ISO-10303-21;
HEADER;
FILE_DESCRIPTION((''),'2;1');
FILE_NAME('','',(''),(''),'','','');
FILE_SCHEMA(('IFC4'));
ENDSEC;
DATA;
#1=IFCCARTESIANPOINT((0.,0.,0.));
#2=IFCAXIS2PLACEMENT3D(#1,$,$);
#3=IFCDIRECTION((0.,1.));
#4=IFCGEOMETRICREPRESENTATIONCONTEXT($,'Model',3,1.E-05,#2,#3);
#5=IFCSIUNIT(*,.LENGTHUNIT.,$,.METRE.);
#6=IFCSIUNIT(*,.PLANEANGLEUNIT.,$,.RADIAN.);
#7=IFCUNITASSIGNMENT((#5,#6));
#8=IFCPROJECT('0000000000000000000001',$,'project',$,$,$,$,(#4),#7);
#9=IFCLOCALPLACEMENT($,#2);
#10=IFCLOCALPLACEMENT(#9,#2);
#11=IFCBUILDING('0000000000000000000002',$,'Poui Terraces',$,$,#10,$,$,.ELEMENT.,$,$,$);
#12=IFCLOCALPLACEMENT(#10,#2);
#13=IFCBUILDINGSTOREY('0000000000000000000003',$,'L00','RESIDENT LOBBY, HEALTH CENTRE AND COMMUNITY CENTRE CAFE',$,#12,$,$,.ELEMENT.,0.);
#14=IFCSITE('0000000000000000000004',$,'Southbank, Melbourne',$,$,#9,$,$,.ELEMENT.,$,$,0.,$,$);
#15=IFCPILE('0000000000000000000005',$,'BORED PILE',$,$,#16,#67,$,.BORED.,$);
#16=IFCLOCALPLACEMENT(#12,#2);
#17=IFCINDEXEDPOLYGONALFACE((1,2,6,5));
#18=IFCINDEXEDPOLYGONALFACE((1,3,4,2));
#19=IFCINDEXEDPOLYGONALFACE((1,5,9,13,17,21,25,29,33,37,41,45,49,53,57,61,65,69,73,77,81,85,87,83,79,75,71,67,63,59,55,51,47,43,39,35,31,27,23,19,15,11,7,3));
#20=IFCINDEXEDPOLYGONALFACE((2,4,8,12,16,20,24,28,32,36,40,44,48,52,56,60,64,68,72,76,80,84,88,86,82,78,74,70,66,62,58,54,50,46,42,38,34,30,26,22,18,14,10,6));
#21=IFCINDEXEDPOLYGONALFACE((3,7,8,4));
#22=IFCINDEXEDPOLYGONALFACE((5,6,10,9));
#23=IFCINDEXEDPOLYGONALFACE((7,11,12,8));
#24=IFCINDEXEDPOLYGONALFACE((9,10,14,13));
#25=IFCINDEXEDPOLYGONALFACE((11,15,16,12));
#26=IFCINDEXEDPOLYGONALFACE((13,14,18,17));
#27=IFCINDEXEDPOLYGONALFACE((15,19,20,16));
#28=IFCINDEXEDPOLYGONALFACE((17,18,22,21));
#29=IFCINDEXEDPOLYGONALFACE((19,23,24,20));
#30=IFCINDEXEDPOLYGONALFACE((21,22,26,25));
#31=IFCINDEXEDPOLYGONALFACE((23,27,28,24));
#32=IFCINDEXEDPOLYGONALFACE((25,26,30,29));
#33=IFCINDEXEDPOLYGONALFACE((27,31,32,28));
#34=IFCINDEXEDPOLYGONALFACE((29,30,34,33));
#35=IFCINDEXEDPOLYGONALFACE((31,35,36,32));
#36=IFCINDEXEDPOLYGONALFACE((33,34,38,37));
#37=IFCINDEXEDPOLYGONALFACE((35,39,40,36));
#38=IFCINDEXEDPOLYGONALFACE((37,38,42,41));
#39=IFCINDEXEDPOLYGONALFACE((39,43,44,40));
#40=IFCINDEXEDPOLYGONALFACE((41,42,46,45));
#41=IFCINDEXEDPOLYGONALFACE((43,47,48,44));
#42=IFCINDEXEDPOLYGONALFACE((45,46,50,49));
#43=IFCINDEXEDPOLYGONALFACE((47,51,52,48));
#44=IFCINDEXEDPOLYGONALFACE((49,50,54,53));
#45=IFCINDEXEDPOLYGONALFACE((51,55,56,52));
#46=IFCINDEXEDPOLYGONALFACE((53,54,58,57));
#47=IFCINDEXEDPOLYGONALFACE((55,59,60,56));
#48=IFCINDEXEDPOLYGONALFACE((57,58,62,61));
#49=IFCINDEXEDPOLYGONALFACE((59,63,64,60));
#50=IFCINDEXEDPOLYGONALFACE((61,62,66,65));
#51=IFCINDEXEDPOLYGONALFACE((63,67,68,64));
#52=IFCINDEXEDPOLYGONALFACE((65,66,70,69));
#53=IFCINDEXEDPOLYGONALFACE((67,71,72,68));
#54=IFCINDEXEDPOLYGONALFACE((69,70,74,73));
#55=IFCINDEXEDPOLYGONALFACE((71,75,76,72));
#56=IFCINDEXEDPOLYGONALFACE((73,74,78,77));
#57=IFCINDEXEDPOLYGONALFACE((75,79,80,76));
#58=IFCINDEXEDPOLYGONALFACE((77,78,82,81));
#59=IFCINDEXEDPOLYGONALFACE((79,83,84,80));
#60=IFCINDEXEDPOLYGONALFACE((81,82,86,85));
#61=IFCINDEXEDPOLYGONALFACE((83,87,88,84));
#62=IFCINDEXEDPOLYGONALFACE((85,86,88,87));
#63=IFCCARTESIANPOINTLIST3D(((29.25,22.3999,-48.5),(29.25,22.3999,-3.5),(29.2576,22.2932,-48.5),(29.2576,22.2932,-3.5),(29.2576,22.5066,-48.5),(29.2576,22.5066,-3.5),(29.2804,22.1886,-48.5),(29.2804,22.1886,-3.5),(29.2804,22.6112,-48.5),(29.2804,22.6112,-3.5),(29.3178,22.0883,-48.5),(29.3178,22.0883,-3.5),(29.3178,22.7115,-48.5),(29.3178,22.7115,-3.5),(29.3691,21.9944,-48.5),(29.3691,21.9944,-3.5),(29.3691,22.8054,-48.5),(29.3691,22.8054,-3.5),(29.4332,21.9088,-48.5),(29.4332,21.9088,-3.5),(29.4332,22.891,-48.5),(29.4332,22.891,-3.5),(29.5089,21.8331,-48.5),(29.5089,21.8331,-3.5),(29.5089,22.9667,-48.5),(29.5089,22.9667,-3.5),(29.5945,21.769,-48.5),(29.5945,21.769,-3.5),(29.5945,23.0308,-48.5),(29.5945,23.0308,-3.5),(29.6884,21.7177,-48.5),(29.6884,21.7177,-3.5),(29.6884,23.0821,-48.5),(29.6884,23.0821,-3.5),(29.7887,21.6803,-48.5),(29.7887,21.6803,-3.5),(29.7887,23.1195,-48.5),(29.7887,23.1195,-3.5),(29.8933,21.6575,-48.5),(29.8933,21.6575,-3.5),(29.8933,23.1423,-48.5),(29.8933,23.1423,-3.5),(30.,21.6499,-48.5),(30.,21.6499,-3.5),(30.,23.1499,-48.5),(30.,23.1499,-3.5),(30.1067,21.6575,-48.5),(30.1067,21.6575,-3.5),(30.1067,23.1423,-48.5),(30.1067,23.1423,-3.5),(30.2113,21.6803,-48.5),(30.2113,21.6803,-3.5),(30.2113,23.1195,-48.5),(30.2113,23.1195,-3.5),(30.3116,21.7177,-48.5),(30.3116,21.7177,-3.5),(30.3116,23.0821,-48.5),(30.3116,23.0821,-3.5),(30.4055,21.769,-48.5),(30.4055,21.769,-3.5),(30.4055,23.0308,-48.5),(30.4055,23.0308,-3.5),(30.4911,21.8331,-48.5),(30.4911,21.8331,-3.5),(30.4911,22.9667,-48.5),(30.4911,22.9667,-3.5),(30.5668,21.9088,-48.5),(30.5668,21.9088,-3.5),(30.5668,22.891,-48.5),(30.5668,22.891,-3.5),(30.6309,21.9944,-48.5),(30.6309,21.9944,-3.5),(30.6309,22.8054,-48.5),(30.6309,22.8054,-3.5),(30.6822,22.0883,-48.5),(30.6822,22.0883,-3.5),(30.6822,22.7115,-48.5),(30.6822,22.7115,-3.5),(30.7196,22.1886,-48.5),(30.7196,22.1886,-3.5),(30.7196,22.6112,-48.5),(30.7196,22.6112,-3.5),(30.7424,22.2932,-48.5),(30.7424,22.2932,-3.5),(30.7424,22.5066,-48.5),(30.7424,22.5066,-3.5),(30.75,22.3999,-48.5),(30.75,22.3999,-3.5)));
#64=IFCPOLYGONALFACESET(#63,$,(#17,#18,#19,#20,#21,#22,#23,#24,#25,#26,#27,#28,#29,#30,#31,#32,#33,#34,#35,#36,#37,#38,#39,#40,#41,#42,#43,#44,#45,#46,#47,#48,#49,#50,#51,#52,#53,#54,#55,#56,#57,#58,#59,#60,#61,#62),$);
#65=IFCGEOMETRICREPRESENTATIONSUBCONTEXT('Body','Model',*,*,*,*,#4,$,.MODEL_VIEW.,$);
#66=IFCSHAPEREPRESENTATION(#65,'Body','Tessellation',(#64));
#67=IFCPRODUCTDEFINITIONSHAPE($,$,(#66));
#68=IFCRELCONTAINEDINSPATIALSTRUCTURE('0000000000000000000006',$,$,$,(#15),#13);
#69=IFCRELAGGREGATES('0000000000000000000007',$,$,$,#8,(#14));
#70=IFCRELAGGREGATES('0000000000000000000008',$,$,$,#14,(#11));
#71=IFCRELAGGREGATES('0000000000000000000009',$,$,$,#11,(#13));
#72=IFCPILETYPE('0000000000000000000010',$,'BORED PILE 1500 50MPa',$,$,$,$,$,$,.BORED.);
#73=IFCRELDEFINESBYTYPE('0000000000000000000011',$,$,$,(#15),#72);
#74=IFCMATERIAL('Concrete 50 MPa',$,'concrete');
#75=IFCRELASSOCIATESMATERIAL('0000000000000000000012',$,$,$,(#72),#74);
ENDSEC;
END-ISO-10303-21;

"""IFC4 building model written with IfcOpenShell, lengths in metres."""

from ifc_helpers import new_model, si_unit, direction, frame, origin, origin_2d, place, context, subcontext, project, spatial, circle, extrude, material, material_profile, profile_set, type_object, element, save


model = new_model("IFC4")

# Units and contexts
model_context = context("Model", 3, precision=1e-05, world=origin(), true_north=direction((0.0, 1.0)))
body_context = subcontext(model_context, "Body", "Model", "MODEL_VIEW")
ifc_project = project(units=[si_unit("LENGTHUNIT", "METRE"), si_unit("PLANEANGLEUNIT", "RADIAN")], contexts=[model_context])

# Site, building, storey
site_placement = place(None, origin())
site = spatial("IfcSite", under=ifc_project, at=site_placement, Name="Southbank, Melbourne", CompositionType="ELEMENT", RefElevation=0.0)
building_placement = place(site_placement, origin())
building = spatial("IfcBuilding", under=site, at=building_placement, Name="Poui Terraces", CompositionType="ELEMENT")
storey_placement = place(building_placement, origin())
storey = spatial("IfcBuildingStorey", under=building, at=storey_placement, Name="L00", Description="RESIDENT LOBBY, HEALTH CENTRE AND COMMUNITY CENTRE CAFE", CompositionType="ELEMENT", Elevation=0.0)

# Pile
ifc_material_1 = material(Name="Concrete 50 MPa", Category="concrete")
ifc_material_profile = material_profile(ifc_material_1, circle(Radius=0.75, at=origin_2d()), Name="RC D1500")
ifc_profile_set = profile_set([ifc_material_profile], Name="Concrete 50 MPa")
pile_type = type_object("IfcPileType", Name="BORED PILE 1500 50MPa", PredefinedType="BORED", material=ifc_profile_set)
pile_placement = place(storey_placement, frame((30.0, 22.3999, -3.5), z_axis=(0.0, 0.0, -1.0), x_axis=(1.0, 0.0, 0.0)))
element("IfcPile", 1, at=pile_placement, inside=storey, type_object=pile_type, Name="BORED PILE", PredefinedType="BORED", context=body_context, shape_type="SweptSolid", body=[
    extrude(circle(Radius=0.75, at=origin_2d()), origin(), (0.0, 0.0, 1.0), 45.0),
])

save(model, "model.ifc")
